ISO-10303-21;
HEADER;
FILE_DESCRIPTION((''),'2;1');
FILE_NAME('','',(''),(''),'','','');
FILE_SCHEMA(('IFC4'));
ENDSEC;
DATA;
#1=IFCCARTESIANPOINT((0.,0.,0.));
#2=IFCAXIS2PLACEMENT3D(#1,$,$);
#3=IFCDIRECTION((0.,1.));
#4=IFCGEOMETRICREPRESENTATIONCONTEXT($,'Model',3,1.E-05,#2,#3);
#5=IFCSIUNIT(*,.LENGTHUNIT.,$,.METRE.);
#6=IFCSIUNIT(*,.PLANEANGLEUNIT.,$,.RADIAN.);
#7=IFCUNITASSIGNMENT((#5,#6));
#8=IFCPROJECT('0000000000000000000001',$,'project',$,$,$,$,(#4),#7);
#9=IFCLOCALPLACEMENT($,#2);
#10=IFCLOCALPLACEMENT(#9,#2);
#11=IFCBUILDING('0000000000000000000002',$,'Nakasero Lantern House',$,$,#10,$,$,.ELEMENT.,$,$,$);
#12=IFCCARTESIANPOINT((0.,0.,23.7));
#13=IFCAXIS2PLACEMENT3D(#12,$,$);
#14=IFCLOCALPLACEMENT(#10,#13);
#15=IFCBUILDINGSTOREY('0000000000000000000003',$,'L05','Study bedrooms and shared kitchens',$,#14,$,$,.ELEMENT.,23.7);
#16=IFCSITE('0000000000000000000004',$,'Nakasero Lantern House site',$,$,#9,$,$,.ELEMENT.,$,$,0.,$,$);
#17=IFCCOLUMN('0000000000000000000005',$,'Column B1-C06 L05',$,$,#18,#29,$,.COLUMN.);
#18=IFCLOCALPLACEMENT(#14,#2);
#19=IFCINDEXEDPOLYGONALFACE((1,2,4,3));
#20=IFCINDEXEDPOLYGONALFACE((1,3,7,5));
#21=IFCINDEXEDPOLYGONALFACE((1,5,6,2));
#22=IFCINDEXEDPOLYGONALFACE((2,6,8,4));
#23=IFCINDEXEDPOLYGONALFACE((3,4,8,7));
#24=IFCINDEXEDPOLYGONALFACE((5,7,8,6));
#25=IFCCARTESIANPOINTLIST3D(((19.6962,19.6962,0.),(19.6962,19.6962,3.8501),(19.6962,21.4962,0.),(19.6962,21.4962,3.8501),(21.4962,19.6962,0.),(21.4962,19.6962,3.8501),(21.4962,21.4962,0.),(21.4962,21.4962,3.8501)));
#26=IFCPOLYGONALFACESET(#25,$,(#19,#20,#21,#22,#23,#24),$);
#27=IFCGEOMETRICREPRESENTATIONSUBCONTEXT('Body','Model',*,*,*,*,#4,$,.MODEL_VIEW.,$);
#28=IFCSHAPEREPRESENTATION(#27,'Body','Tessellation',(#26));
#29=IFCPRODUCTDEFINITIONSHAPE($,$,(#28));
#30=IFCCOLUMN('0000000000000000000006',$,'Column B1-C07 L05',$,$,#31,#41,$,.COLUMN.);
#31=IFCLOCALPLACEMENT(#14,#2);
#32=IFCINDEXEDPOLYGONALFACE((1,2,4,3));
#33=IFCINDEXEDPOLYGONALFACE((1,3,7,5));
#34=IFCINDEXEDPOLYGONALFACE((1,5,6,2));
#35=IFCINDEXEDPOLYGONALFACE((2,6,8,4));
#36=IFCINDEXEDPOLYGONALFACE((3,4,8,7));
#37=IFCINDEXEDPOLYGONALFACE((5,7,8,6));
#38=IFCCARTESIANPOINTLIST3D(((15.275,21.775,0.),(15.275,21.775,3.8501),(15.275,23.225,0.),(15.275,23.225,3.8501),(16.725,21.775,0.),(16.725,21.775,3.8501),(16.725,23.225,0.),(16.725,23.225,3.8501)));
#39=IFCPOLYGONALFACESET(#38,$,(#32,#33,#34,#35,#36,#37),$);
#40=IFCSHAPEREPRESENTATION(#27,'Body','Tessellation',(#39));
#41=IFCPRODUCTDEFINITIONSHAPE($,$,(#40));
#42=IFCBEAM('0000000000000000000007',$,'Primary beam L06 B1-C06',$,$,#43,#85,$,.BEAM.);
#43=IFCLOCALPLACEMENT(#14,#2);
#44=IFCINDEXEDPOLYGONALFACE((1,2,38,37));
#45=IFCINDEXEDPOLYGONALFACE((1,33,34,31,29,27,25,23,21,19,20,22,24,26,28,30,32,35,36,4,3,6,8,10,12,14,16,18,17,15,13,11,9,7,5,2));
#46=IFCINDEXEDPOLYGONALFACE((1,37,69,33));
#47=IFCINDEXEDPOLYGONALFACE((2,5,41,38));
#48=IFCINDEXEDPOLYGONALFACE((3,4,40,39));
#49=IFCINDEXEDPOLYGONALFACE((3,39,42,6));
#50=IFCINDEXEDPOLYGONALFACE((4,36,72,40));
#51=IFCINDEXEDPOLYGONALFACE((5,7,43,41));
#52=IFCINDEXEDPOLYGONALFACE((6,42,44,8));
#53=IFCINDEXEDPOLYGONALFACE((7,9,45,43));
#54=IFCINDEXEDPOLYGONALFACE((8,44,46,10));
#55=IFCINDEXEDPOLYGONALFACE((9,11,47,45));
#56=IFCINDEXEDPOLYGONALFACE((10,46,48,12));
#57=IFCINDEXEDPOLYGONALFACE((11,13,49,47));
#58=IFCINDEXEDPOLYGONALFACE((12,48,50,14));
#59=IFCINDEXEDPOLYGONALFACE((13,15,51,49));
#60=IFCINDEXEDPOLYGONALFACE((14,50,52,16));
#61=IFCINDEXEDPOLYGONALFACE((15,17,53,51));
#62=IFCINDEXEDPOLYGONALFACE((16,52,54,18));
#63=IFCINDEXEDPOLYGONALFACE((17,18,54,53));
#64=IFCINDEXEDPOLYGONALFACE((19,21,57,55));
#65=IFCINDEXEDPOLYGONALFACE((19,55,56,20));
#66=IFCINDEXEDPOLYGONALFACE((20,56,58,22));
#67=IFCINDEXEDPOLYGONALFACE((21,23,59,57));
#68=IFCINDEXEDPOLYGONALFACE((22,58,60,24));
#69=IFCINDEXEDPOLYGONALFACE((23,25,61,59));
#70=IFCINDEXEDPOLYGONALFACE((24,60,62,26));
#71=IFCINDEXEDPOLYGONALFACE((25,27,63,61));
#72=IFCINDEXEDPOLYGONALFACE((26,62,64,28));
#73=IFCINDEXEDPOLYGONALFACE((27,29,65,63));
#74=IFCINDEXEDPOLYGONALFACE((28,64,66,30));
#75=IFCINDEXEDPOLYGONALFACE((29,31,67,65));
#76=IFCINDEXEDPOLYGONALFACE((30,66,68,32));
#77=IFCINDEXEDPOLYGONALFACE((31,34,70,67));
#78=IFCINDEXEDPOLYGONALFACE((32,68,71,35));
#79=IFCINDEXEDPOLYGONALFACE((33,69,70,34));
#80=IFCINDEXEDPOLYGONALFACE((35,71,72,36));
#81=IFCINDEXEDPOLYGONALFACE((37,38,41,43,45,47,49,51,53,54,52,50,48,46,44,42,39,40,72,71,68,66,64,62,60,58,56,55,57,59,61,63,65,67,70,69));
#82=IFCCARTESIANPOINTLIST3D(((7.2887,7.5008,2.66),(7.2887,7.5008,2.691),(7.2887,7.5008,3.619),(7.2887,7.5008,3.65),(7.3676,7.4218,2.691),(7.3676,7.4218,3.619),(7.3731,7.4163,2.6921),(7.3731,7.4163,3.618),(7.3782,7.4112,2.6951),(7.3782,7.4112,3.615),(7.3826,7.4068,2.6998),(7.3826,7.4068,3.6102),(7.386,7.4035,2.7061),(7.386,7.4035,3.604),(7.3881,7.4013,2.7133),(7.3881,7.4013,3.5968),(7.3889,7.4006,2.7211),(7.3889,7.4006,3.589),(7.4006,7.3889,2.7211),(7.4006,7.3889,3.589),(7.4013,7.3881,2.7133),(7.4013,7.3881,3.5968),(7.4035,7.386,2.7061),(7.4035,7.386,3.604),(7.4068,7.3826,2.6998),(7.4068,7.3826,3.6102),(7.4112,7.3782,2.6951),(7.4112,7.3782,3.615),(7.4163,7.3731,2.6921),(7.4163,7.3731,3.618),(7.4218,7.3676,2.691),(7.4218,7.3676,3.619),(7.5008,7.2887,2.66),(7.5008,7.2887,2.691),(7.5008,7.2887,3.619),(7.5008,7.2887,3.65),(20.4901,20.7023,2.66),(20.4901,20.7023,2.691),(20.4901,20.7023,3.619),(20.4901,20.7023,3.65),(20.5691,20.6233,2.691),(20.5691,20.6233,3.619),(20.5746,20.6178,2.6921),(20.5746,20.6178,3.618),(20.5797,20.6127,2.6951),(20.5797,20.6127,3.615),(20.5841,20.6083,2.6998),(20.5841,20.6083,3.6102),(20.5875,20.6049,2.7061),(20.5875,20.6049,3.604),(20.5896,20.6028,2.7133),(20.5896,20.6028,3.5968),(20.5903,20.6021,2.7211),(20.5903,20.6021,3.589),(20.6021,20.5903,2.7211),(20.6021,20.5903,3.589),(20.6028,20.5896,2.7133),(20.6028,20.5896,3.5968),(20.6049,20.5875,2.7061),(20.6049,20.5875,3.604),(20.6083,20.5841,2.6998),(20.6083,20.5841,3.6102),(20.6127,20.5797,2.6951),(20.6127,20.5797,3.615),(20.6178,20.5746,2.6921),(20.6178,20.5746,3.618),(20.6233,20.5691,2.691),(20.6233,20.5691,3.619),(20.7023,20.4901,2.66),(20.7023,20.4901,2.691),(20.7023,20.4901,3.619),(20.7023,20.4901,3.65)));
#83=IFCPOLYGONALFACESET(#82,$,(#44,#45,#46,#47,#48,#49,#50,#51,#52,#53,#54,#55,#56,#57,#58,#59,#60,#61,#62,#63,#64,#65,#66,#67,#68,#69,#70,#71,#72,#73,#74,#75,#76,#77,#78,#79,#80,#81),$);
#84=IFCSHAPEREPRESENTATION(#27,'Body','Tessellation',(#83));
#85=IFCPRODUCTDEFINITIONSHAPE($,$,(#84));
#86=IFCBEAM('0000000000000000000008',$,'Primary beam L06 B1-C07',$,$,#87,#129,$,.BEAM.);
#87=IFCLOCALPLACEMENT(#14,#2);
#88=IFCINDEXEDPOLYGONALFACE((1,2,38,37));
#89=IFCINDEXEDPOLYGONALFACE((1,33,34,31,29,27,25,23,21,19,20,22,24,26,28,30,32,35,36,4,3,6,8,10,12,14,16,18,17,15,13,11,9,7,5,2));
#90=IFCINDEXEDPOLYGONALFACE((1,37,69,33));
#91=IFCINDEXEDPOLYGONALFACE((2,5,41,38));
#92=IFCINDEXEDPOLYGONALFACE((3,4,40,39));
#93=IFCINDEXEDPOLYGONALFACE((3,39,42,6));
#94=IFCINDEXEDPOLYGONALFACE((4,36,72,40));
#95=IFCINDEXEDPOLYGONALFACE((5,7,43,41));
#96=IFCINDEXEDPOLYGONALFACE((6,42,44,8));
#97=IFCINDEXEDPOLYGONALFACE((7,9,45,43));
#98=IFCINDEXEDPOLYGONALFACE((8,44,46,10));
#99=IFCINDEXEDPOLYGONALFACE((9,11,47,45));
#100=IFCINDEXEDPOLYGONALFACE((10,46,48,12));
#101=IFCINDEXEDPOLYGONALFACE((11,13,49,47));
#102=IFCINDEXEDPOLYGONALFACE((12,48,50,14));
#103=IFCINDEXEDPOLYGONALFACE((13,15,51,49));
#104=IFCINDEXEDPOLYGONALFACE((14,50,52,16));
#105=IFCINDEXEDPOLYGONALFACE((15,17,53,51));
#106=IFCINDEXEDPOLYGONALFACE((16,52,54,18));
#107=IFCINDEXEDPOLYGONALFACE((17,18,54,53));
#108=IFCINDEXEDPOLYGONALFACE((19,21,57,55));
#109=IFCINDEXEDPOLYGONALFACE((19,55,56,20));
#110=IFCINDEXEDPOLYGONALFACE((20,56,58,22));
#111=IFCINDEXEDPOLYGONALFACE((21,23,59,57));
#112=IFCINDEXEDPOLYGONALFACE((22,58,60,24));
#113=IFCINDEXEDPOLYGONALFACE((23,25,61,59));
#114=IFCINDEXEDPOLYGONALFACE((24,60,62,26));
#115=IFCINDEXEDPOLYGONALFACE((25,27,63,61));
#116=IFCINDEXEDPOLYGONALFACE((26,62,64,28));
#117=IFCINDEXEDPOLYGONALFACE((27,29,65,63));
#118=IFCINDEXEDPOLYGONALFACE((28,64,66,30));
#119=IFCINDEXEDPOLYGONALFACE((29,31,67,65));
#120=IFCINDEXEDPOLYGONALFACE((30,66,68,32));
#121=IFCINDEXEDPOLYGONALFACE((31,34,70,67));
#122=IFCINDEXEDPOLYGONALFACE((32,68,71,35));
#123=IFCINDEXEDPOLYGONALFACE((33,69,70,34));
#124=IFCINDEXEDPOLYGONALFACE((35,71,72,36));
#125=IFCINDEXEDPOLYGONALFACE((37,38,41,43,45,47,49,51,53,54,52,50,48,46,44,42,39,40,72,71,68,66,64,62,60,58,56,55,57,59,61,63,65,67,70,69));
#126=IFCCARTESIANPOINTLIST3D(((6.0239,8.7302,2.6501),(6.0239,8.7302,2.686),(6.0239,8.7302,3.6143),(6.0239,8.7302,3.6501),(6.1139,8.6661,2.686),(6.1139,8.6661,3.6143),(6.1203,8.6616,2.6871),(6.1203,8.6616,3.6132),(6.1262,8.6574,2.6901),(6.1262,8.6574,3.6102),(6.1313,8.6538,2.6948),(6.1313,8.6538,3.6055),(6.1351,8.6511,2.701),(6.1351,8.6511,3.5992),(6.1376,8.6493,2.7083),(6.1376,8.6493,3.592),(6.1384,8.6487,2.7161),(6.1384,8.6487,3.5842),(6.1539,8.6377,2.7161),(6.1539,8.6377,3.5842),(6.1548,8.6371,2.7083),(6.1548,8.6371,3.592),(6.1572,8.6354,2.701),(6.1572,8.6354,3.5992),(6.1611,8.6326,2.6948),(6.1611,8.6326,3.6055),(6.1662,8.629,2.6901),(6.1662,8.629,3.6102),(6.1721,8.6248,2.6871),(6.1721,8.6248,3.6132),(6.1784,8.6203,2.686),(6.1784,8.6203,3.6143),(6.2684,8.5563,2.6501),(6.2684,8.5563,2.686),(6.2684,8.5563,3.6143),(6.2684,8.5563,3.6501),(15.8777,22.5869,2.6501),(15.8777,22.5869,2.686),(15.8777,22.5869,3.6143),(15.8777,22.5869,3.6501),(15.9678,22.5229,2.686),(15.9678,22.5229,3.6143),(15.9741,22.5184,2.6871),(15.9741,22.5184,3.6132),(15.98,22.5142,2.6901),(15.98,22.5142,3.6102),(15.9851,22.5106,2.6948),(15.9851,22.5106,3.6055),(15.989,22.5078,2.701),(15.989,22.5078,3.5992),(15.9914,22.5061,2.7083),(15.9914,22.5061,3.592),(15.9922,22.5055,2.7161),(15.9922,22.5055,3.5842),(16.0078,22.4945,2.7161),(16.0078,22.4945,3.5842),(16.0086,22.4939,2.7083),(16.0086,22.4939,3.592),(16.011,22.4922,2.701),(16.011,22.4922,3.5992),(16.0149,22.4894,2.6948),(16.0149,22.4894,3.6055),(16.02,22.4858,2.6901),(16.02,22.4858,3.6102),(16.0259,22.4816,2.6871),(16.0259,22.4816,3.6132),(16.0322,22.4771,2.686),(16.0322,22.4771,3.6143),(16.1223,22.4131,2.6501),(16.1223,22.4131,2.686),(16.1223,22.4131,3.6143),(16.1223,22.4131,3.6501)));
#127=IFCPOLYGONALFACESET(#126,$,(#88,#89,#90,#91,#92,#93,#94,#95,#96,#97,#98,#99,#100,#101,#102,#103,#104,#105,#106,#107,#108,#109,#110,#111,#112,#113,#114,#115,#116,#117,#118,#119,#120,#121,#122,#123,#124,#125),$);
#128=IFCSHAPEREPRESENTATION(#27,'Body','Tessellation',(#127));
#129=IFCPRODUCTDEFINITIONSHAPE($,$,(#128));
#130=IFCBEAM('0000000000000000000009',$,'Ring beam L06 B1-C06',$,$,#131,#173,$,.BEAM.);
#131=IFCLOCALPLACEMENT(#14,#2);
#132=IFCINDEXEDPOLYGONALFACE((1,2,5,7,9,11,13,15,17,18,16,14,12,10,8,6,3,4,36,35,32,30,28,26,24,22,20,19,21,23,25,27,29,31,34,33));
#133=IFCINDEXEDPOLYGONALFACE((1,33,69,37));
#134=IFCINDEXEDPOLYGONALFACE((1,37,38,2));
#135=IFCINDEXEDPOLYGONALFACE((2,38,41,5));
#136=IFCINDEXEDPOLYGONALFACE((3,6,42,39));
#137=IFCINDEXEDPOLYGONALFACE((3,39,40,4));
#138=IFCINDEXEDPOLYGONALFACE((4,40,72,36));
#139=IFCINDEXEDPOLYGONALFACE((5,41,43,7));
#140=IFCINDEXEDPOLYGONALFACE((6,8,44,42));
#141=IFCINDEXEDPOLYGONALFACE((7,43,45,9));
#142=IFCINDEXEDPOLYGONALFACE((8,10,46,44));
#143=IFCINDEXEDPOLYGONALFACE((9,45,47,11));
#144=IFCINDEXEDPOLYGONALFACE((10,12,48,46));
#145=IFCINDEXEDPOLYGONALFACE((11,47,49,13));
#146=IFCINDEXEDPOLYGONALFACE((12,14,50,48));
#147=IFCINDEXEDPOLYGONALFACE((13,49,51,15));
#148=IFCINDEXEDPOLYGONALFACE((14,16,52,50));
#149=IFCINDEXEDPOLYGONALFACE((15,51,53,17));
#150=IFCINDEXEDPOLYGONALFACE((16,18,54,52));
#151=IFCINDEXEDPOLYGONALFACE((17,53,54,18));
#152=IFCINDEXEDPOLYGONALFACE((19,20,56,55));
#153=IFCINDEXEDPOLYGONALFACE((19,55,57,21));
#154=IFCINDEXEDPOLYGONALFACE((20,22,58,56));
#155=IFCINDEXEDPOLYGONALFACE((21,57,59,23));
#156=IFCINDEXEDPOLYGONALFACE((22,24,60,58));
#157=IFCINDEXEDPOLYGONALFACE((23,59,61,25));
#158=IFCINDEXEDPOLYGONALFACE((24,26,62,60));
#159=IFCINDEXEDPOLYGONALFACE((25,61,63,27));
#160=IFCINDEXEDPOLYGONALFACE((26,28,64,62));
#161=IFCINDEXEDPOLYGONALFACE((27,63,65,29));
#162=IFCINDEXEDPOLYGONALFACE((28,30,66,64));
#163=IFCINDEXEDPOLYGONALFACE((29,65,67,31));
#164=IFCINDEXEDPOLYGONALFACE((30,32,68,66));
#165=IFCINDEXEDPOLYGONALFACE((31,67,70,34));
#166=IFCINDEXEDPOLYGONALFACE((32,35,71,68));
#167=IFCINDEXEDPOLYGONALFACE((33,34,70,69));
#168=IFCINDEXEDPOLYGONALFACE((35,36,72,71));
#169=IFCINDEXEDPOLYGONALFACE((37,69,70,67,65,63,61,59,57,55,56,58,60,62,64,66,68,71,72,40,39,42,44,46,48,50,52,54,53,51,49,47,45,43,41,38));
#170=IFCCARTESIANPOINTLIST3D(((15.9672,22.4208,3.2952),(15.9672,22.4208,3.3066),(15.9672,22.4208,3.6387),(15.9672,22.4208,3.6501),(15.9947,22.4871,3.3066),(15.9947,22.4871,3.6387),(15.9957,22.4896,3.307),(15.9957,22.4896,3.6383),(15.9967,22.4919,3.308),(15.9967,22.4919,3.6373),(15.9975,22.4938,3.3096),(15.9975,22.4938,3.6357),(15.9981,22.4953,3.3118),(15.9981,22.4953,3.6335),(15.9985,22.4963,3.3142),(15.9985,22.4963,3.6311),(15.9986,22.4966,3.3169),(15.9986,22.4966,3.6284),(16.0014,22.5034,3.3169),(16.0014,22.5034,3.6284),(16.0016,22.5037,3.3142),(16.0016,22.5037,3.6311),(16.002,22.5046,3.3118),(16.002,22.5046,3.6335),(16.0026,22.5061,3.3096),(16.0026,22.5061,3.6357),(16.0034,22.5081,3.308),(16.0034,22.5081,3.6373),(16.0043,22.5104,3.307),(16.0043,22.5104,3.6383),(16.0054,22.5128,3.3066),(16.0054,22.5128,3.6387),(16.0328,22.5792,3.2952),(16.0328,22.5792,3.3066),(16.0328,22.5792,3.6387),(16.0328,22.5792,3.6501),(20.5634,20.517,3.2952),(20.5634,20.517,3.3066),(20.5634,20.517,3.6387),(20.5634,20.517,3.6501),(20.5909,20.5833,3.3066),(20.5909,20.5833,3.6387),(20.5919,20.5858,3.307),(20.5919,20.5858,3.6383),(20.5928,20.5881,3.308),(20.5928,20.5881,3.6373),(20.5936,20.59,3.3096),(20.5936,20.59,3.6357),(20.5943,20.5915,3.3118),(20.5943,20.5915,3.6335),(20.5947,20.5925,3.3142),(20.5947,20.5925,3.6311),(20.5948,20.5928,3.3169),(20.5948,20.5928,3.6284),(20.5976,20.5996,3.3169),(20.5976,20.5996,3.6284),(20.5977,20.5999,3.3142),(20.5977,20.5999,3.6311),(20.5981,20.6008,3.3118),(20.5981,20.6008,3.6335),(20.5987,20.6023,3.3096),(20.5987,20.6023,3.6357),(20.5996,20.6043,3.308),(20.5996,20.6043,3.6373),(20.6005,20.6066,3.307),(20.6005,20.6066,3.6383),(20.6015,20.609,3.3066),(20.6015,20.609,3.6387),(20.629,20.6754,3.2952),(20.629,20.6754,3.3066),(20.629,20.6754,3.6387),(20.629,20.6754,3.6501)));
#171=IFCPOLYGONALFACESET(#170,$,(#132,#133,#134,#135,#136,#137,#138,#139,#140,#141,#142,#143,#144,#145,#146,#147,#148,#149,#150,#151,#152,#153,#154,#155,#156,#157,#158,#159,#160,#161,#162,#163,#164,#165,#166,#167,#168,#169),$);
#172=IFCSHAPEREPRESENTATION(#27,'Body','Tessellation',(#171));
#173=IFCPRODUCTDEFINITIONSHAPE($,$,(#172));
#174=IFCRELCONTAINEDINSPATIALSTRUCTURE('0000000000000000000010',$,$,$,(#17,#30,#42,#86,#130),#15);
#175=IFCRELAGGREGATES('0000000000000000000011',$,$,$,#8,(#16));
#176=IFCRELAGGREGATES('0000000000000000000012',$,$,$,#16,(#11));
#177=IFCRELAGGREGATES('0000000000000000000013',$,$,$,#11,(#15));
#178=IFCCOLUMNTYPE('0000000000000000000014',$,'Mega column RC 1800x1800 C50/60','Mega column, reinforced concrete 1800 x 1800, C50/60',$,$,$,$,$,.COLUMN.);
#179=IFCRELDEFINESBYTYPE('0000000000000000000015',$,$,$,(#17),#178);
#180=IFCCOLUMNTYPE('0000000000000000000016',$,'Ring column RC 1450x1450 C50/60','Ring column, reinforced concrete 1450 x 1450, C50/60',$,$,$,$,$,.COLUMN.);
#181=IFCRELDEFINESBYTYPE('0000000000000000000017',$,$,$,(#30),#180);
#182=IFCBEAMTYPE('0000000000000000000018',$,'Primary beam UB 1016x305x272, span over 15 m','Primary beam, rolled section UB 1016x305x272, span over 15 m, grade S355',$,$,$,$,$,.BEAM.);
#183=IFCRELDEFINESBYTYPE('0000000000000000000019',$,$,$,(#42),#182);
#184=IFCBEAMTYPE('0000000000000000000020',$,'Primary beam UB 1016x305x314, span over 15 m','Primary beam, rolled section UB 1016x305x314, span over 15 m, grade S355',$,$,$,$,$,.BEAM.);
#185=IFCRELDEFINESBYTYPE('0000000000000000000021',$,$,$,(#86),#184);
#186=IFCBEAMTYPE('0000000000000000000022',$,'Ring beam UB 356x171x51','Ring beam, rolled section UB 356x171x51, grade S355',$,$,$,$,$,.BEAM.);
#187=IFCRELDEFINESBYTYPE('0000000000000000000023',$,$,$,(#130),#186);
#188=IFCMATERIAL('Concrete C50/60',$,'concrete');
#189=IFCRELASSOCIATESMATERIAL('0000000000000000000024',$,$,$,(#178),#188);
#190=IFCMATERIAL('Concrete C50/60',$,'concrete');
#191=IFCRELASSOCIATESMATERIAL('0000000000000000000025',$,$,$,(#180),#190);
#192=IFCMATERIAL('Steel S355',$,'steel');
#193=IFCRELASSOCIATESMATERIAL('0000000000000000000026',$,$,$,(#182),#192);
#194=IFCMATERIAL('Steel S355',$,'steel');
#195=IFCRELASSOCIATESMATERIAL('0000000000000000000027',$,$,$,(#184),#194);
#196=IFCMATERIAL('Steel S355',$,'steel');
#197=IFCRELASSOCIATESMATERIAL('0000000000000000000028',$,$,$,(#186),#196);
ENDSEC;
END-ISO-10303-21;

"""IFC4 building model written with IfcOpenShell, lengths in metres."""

from ifc_helpers import new_model, si_unit, direction, frame, origin, origin_2d, place, context, subcontext, project, spatial, rectangle, i_section, extrude, material, material_profile, profile_set, type_object, element, save


model = new_model("IFC4")

# Units and contexts
model_context = context("Model", 3, precision=1e-05, world=origin(), true_north=direction((0.0, 1.0)))
body_context = subcontext(model_context, "Body", "Model", "MODEL_VIEW")
ifc_project = project(units=[si_unit("LENGTHUNIT", "METRE"), si_unit("PLANEANGLEUNIT", "RADIAN")], contexts=[model_context])

# Site, building, storey
site_placement = place(None, origin())
site = spatial("IfcSite", under=ifc_project, at=site_placement, Name="Nakasero Lantern House site", CompositionType="ELEMENT", RefElevation=0.0)
building_placement = place(site_placement, origin())
building = spatial("IfcBuilding", under=site, at=building_placement, Name="Nakasero Lantern House", CompositionType="ELEMENT")
storey_placement = place(building_placement, frame((0.0, 0.0, 23.7)))
storey = spatial("IfcBuildingStorey", under=building, at=storey_placement, Name="L05", Description="Study bedrooms and shared kitchens", CompositionType="ELEMENT", Elevation=23.7)

# Columns
ifc_material_1 = material(Name="Concrete C50/60", Category="concrete")
ifc_material_profile_1 = material_profile(ifc_material_1, rectangle(XDim=1.8, YDim=1.8, at=origin_2d()), Name="RC 1800x1800")
ifc_profile_set_1 = profile_set([ifc_material_profile_1], Name="Concrete C50/60")
column_type_1 = type_object("IfcColumnType", Name="Mega column RC 1800x1800 C50/60", Description="Mega column, reinforced concrete 1800 x 1800, C50/60", PredefinedType="COLUMN", material=ifc_profile_set_1)
column_1_placement = place(storey_placement, frame((20.5962, 20.5962, 0.0), z_axis=(0.0, 0.0, 1.0), x_axis=(1.0, 0.0, 0.0)))
element("IfcColumn", 1, at=column_1_placement, inside=storey, type_object=column_type_1, Name="Column B1-C06 L05", PredefinedType="COLUMN", context=body_context, shape_type="SweptSolid", body=[
    extrude(rectangle(XDim=1.8, YDim=1.8, at=origin_2d()), origin(), (0.0, 0.0, 1.0), 3.8501),
])
ifc_material_2 = material(Name="Concrete C50/60", Category="concrete")
ifc_material_profile_2 = material_profile(ifc_material_2, rectangle(XDim=1.45, YDim=1.45, at=origin_2d()), Name="RC 1450x1450")
ifc_profile_set_2 = profile_set([ifc_material_profile_2], Name="Concrete C50/60")
column_type_2 = type_object("IfcColumnType", Name="Ring column RC 1450x1450 C50/60", Description="Ring column, reinforced concrete 1450 x 1450, C50/60", PredefinedType="COLUMN", material=ifc_profile_set_2)
column_2_placement = place(storey_placement, frame((16.0, 22.5, 0.0), z_axis=(0.0, 0.0, 1.0), x_axis=(1.0, 0.0, 0.0)))
element("IfcColumn", 2, at=column_2_placement, inside=storey, type_object=column_type_2, Name="Column B1-C07 L05", PredefinedType="COLUMN", context=body_context, shape_type="SweptSolid", body=[
    extrude(rectangle(XDim=1.45, YDim=1.45, at=origin_2d()), origin(), (0.0, 0.0, 1.0), 3.8501),
])

# Beams
ifc_material_3 = material(Name="Steel S355", Category="steel")
ifc_material_profile_3 = material_profile(ifc_material_3, i_section(OverallWidth=0.3, OverallDepth=0.99, WebThickness=0.0166, FlangeThickness=0.031, FilletRadius=0.03, at=origin_2d()), Name="UB 1016x305x272")
ifc_profile_set_3 = profile_set([ifc_material_profile_3], Name="Steel S355")
beam_type_1 = type_object("IfcBeamType", Name="Primary beam UB 1016x305x272, span over 15 m", Description="Primary beam, rolled section UB 1016x305x272, span over 15 m, grade S355", PredefinedType="BEAM", material=ifc_profile_set_3)
beam_1_placement = place(storey_placement, frame((20.5962, 20.5962, 3.155), z_axis=(-0.707107, -0.707107, 0.0), x_axis=(0.707107, -0.707107, 0.0)))
element("IfcBeam", 3, at=beam_1_placement, inside=storey, type_object=beam_type_1, Name="Primary beam L06 B1-C06", PredefinedType="BEAM", context=body_context, shape_type="SweptSolid", body=[
    extrude(i_section(OverallWidth=0.3, OverallDepth=0.99, WebThickness=0.0166, FlangeThickness=0.031, FilletRadius=0.03, at=origin_2d()), origin(), (0.0, 0.0, 1.0), 18.6697),
])
ifc_material_4 = material(Name="Steel S355", Category="steel")
ifc_material_profile_4 = material_profile(ifc_material_4, i_section(OverallWidth=0.3, OverallDepth=1.0, WebThickness=0.019, FlangeThickness=0.0359, FilletRadius=0.03, at=origin_2d()), Name="UB 1016x305x314")
ifc_profile_set_4 = profile_set([ifc_material_profile_4], Name="Steel S355")
beam_type_2 = type_object("IfcBeamType", Name="Primary beam UB 1016x305x314, span over 15 m", Description="Primary beam, rolled section UB 1016x305x314, span over 15 m, grade S355", PredefinedType="BEAM", material=ifc_profile_set_4)
beam_2_placement = place(storey_placement, frame((16.0, 22.5, 3.1501), z_axis=(-0.579528, -0.814952, 0.0), x_axis=(0.814952, -0.579528, 0.0)))
element("IfcBeam", 4, at=beam_2_placement, inside=storey, type_object=beam_type_2, Name="Primary beam L06 B1-C07", PredefinedType="BEAM", context=body_context, shape_type="SweptSolid", body=[
    extrude(i_section(OverallWidth=0.3, OverallDepth=1.0, WebThickness=0.019, FlangeThickness=0.0359, FilletRadius=0.03, at=origin_2d()), origin(), (0.0, 0.0, 1.0), 17.0032),
])
ifc_material_5 = material(Name="Steel S355", Category="steel")
ifc_material_profile_5 = material_profile(ifc_material_5, i_section(OverallWidth=0.1714, OverallDepth=0.355, WebThickness=0.0073, FlangeThickness=0.0115, FilletRadius=0.0103, at=origin_2d()), Name="UB 356x171x51")
ifc_profile_set_5 = profile_set([ifc_material_profile_5], Name="Steel S355")
beam_type_3 = type_object("IfcBeamType", Name="Ring beam UB 356x171x51", Description="Ring beam, rolled section UB 356x171x51, grade S355", PredefinedType="BEAM", material=ifc_profile_set_5)
beam_3_placement = place(storey_placement, frame((20.5962, 20.5962, 3.4727), z_axis=(-0.923879, 0.382684, 0.0), x_axis=(-0.382684, -0.923879, 0.0)))
element("IfcBeam", 5, at=beam_3_placement, inside=storey, type_object=beam_type_3, Name="Ring beam L06 B1-C06", PredefinedType="BEAM", context=body_context, shape_type="SweptSolid", body=[
    extrude(i_section(OverallWidth=0.1714, OverallDepth=0.355, WebThickness=0.0073, FlangeThickness=0.0115, FilletRadius=0.0103, at=origin_2d()), origin(), (0.0, 0.0, 1.0), 4.9749),
])

save(model, "model.ifc")
